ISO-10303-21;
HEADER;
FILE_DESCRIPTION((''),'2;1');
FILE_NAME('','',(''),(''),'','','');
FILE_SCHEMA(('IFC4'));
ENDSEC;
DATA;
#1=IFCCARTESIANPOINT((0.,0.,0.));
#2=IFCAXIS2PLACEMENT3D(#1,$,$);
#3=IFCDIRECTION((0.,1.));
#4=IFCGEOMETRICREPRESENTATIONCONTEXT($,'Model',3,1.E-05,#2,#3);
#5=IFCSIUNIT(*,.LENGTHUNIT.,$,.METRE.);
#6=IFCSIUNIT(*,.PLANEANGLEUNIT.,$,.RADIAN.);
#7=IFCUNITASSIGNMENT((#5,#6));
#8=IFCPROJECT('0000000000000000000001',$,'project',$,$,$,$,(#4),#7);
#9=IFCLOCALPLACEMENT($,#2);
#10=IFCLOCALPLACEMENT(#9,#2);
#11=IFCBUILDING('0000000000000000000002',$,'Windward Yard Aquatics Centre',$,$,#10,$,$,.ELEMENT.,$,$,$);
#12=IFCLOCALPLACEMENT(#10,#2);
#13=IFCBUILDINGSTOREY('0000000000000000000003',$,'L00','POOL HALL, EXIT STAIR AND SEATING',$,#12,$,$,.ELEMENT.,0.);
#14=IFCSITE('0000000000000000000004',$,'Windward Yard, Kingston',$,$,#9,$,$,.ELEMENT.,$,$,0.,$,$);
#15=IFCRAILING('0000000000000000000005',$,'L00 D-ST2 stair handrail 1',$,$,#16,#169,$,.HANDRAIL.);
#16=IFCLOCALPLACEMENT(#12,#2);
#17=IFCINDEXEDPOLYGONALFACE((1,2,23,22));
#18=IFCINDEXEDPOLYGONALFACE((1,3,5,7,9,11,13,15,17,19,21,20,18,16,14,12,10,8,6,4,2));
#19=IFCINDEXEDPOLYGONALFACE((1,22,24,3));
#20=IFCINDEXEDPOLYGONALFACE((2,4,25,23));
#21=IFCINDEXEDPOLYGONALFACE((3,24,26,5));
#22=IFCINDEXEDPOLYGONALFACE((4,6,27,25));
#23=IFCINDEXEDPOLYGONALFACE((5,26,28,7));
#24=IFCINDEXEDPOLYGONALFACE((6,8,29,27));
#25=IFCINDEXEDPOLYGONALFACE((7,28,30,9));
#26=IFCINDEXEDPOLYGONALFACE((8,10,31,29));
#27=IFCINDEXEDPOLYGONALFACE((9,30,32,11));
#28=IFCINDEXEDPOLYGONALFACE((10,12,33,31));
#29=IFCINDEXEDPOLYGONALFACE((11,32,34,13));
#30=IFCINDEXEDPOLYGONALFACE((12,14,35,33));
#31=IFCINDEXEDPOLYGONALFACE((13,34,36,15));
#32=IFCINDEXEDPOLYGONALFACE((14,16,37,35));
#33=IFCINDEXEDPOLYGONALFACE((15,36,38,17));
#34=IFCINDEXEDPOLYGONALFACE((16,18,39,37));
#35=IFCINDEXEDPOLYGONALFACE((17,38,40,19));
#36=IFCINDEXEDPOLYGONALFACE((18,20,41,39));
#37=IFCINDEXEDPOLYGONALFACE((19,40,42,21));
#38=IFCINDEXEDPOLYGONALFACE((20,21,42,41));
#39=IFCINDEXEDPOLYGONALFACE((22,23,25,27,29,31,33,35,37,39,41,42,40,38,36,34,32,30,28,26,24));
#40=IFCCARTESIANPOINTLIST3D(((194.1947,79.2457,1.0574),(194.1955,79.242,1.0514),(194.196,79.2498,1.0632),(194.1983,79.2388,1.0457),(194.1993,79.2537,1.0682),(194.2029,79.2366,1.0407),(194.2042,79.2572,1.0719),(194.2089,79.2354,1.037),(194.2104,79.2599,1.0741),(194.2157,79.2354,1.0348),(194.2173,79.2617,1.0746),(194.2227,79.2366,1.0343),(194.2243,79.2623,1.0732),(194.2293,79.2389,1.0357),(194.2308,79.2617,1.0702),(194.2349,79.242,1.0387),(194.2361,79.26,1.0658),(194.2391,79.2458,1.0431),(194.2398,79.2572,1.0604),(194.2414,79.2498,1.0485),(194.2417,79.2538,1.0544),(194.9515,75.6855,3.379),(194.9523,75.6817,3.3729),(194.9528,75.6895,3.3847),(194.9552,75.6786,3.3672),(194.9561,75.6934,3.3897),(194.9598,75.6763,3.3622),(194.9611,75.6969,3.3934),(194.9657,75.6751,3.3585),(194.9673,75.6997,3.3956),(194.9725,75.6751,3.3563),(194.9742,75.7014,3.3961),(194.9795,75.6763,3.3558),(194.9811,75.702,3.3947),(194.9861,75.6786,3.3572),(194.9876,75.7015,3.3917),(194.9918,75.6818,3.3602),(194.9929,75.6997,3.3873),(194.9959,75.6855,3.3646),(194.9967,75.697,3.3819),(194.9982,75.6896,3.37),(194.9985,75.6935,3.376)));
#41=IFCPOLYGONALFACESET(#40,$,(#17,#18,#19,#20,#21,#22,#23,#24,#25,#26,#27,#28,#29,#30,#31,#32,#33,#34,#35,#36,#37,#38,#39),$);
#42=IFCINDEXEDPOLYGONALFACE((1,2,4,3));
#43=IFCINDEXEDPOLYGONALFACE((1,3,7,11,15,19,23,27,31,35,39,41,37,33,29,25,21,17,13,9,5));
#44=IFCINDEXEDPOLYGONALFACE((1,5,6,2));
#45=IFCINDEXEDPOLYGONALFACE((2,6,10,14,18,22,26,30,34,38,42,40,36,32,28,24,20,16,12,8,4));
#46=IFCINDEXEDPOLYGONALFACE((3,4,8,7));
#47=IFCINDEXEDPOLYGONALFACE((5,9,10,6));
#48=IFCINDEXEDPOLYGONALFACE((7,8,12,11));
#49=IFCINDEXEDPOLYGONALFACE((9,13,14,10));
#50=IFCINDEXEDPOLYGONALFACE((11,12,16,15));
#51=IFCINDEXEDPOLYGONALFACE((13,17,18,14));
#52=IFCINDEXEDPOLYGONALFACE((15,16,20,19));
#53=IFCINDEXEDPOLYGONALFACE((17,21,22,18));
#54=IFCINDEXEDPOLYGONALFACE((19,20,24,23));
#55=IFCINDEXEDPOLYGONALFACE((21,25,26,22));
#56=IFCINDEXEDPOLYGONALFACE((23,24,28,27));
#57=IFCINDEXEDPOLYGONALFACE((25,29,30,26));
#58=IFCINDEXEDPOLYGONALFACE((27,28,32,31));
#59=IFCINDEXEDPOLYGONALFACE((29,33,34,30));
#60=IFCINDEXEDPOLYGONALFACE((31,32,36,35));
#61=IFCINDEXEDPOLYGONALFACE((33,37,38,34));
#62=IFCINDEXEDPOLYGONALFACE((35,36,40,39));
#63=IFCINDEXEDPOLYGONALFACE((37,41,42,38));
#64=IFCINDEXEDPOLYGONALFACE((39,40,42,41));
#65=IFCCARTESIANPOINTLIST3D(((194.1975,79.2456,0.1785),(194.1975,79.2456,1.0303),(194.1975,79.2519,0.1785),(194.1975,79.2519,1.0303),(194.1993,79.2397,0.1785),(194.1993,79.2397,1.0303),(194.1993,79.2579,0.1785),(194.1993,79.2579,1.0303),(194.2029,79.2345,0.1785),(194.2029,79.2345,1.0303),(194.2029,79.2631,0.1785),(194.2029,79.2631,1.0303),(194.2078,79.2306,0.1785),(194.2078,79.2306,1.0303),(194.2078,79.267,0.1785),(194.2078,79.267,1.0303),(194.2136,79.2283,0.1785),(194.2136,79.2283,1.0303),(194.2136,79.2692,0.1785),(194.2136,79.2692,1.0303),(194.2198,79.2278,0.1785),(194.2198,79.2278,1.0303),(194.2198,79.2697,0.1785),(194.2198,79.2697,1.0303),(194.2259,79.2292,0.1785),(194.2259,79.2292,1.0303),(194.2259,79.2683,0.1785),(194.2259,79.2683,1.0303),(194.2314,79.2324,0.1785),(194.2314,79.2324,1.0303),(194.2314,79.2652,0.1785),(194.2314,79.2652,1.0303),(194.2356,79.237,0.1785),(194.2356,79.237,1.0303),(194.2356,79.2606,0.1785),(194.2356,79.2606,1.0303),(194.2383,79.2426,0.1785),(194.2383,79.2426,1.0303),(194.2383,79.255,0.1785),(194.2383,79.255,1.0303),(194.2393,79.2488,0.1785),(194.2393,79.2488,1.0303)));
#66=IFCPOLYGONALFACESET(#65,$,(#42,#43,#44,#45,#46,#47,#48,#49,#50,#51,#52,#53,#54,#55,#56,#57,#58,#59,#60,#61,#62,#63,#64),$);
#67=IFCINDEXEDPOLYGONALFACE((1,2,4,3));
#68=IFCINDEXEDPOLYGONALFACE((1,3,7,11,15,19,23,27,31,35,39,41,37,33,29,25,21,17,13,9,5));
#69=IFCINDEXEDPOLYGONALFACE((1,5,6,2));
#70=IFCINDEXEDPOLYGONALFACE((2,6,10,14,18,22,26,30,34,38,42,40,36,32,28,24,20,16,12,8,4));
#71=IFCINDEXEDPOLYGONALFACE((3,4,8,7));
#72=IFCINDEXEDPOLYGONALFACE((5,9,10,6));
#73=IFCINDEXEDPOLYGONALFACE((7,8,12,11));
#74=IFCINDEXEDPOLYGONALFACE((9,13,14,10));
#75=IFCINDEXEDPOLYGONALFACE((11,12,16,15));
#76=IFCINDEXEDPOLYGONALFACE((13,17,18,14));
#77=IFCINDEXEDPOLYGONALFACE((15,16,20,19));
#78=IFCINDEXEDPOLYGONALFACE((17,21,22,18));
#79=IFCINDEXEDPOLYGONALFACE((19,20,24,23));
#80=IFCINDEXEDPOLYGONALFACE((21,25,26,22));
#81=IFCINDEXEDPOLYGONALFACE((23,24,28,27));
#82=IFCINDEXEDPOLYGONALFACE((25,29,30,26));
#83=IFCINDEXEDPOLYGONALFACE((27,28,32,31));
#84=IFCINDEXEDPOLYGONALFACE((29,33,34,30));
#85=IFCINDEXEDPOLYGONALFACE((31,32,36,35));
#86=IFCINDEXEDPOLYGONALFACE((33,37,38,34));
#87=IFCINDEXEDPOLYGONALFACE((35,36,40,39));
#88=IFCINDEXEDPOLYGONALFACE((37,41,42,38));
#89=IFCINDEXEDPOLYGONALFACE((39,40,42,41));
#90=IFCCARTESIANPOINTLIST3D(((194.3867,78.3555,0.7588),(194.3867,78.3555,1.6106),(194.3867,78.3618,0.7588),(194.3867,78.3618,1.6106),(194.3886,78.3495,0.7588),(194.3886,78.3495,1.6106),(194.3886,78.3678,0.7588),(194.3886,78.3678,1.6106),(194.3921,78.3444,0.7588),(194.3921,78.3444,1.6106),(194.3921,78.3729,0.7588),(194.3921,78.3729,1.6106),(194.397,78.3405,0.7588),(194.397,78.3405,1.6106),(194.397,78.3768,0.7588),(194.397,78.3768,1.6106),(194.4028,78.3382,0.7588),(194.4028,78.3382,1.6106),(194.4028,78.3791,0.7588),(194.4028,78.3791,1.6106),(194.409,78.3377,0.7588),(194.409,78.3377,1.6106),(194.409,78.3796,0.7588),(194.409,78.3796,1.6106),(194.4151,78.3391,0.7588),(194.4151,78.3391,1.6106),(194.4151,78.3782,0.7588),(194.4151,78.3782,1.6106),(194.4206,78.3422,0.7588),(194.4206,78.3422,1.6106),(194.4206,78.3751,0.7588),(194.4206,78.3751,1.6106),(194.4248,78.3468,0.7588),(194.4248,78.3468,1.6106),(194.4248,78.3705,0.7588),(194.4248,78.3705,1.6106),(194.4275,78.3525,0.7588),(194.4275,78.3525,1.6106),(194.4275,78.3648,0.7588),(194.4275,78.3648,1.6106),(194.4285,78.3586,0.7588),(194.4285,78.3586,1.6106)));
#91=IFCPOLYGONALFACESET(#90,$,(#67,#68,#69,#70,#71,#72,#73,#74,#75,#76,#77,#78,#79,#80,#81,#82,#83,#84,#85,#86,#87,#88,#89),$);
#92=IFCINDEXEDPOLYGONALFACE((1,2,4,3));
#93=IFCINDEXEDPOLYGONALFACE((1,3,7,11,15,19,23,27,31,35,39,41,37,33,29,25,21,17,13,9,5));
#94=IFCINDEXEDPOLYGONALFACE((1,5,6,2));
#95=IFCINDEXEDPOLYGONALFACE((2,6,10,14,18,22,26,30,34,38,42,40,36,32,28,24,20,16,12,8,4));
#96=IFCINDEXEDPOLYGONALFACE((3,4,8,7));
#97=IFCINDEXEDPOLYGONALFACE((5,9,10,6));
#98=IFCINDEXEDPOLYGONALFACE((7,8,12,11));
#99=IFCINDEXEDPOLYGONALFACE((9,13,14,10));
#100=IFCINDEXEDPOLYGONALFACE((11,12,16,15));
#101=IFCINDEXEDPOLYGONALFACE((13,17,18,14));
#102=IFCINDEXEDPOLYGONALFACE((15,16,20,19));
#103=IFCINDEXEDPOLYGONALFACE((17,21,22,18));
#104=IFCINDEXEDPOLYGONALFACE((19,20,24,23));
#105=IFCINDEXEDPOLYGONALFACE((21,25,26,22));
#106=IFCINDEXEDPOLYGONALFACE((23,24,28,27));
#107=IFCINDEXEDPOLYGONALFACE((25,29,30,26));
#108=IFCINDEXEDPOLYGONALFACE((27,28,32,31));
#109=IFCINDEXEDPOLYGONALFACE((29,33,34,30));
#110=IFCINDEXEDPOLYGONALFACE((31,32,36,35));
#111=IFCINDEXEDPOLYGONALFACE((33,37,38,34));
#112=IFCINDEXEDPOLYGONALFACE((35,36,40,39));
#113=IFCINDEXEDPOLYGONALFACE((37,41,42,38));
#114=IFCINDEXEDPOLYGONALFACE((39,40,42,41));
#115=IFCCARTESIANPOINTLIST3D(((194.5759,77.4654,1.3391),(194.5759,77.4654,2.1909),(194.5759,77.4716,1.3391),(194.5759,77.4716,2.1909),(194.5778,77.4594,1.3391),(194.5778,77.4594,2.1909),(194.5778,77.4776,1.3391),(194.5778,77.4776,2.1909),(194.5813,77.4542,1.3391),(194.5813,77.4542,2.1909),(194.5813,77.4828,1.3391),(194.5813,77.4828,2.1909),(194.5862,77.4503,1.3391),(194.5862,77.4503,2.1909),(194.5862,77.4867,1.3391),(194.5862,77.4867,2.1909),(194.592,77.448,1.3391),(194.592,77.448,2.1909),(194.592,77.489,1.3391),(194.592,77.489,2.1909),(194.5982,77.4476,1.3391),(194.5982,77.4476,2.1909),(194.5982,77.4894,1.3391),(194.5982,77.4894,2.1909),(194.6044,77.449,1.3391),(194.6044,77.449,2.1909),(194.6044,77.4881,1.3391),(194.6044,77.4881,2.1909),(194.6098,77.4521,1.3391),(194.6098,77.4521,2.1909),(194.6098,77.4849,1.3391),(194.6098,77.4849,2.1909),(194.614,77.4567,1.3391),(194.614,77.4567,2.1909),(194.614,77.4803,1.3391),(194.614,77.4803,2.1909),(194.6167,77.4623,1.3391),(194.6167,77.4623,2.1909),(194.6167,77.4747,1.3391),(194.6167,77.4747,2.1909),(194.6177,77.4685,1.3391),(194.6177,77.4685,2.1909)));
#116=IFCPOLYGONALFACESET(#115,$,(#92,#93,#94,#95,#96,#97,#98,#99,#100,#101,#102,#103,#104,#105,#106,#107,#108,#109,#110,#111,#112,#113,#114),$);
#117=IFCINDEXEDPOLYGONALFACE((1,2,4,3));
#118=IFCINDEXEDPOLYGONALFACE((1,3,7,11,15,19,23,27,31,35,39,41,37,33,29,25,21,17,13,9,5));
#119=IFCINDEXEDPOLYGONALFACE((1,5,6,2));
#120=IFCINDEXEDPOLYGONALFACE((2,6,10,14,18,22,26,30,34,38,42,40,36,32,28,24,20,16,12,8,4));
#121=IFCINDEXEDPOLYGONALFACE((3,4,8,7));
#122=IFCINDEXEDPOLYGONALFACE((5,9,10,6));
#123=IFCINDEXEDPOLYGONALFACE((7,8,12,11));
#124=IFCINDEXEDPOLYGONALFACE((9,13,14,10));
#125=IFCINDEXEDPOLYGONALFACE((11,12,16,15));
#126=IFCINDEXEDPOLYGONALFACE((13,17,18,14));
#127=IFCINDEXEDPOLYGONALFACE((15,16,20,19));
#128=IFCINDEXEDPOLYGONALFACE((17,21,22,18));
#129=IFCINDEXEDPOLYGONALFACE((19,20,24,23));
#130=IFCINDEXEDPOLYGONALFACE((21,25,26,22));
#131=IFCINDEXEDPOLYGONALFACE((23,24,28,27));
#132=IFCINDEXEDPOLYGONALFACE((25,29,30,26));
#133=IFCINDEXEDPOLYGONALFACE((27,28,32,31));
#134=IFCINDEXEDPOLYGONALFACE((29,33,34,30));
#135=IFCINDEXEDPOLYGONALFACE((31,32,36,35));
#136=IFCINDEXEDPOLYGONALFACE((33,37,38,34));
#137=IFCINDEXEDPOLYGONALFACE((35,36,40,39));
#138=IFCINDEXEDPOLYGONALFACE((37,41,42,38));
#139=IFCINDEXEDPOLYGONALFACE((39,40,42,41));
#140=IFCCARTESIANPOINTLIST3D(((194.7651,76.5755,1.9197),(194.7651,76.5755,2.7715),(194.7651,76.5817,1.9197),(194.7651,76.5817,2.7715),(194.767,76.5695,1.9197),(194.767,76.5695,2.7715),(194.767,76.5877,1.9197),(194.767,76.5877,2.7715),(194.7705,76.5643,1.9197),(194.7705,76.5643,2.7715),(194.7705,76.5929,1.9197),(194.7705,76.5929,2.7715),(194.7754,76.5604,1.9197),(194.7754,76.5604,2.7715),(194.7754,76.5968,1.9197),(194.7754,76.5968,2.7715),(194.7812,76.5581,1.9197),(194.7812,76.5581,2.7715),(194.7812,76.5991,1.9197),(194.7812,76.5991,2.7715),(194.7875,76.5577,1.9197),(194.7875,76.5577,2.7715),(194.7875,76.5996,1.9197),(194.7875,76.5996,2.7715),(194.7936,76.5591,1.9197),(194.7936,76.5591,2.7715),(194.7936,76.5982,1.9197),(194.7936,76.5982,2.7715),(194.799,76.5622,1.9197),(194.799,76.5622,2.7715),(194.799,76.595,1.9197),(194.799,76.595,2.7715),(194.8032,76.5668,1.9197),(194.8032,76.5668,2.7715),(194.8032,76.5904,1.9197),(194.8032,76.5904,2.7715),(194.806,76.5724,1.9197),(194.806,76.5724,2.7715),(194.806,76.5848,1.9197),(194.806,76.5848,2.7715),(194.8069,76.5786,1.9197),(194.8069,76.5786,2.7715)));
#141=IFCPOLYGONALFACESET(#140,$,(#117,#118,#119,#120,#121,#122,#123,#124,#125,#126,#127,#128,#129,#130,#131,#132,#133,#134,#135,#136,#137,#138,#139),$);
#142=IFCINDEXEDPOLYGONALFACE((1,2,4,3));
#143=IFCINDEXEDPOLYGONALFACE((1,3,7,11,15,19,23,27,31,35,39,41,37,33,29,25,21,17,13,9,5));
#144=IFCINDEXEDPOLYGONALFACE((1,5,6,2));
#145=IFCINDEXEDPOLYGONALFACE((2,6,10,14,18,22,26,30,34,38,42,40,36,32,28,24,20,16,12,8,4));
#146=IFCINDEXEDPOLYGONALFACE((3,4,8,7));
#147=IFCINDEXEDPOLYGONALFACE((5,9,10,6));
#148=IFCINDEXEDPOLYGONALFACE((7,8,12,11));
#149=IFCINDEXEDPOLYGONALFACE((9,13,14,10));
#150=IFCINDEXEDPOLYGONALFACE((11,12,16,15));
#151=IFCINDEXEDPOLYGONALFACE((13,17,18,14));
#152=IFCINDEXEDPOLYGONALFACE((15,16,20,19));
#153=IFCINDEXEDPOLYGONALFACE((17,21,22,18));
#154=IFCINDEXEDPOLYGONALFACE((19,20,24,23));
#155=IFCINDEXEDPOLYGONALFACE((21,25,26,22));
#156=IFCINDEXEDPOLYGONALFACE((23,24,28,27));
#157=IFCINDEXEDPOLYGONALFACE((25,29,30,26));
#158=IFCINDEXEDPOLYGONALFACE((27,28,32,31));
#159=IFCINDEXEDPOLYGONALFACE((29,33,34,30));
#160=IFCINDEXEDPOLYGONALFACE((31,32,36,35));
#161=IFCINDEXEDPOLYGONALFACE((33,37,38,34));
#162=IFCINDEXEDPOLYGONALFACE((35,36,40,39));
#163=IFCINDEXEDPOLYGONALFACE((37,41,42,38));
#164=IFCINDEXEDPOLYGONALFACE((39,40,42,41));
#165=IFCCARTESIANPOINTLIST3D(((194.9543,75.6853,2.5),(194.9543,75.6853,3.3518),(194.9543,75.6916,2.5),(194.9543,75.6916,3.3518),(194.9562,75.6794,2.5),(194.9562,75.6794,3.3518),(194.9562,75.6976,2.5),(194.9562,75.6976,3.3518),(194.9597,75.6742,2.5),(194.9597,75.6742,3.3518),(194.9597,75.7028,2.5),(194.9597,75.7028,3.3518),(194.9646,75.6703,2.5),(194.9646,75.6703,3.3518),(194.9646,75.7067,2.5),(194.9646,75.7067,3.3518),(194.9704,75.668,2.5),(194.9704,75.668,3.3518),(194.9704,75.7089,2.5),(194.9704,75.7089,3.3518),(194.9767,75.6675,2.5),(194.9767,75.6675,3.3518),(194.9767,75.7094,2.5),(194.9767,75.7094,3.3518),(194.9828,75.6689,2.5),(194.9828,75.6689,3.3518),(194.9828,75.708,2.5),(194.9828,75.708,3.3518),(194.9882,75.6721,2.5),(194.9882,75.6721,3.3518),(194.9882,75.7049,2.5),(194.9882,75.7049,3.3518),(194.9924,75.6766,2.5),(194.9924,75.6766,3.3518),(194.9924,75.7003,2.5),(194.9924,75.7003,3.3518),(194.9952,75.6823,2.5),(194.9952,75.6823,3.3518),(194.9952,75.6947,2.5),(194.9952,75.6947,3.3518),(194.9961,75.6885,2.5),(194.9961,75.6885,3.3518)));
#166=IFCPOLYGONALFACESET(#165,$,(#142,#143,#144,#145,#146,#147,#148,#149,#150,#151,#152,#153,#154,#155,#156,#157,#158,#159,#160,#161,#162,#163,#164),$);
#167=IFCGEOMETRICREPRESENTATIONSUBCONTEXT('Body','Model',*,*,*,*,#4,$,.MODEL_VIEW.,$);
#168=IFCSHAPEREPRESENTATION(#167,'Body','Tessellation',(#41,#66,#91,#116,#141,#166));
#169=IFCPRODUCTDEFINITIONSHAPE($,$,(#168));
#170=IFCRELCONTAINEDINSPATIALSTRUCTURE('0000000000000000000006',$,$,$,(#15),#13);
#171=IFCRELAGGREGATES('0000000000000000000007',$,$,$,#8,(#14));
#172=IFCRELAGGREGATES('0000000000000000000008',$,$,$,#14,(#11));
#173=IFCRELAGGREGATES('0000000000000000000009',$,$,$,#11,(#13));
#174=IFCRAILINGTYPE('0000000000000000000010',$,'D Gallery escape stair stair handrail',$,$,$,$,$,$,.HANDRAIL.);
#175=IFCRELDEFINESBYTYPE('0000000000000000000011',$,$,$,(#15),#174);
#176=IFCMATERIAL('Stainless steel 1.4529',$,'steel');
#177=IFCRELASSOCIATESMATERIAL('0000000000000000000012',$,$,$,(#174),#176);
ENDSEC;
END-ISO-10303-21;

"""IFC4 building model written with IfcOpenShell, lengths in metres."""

from ifc_helpers import new_model, si_unit, direction, frame, origin, origin_2d, place, context, subcontext, project, spatial, circle, extrude, material, type_object, element, save


model = new_model("IFC4")

# Units and contexts
model_context = context("Model", 3, precision=1e-05, world=origin(), true_north=direction((0.0, 1.0)))
body_context = subcontext(model_context, "Body", "Model", "MODEL_VIEW")
ifc_project = project(units=[si_unit("LENGTHUNIT", "METRE"), si_unit("PLANEANGLEUNIT", "RADIAN")], contexts=[model_context])

# Site, building, storey
site_placement = place(None, origin())
site = spatial("IfcSite", under=ifc_project, at=site_placement, Name="Windward Yard, Kingston", CompositionType="ELEMENT", RefElevation=0.0)
building_placement = place(site_placement, origin())
building = spatial("IfcBuilding", under=site, at=building_placement, Name="Windward Yard Aquatics Centre", CompositionType="ELEMENT")
storey_placement = place(building_placement, origin())
storey = spatial("IfcBuildingStorey", under=building, at=storey_placement, Name="L00", Description="POOL HALL, EXIT STAIR AND SEATING", CompositionType="ELEMENT", Elevation=0.0)

# Railing
ifc_material_1 = material(Name="Stainless steel 1.4529", Category="steel")
railing_type_1 = type_object("IfcRailingType", Name="D Gallery escape stair stair handrail", PredefinedType="HANDRAIL", material=ifc_material_1)
railing_1_placement = place(storey_placement, frame((194.2183, 79.2488, 0.1785)))
element("IfcRailing", 1, at=railing_1_placement, inside=storey, type_object=railing_type_1, Name="L00 D-ST2 stair handrail 1", PredefinedType="HANDRAIL", context=body_context, shape_type="SweptSolid", body=[
    extrude(circle(Radius=0.0239, at=origin_2d()), frame((0.0, 0.0, 0.876), z_axis=(0.175308, -0.824682, 0.537743), x_axis=(0.978144, 0.20793, 0.0)), (0.0, 0.0, 1.0), 4.3171),
    extrude(circle(Radius=0.021, at=origin_2d()), origin(), (0.0, 0.0, 1.0), 0.8518),
    extrude(circle(Radius=0.021, at=origin_2d()), frame((0.1892, -0.8901, 0.5803)), (0.0, 0.0, 1.0), 0.8518),
    extrude(circle(Radius=0.021, at=origin_2d()), frame((0.3784, -1.7803, 1.1606)), (0.0, 0.0, 1.0), 0.8518),
    extrude(circle(Radius=0.021, at=origin_2d()), frame((0.5676, -2.6702, 1.7412)), (0.0, 0.0, 1.0), 0.8518),
    extrude(circle(Radius=0.021, at=origin_2d()), frame((0.7568, -3.5603, 2.3215)), (0.0, 0.0, 1.0), 0.8518),
])

save(model, "model.ifc")
